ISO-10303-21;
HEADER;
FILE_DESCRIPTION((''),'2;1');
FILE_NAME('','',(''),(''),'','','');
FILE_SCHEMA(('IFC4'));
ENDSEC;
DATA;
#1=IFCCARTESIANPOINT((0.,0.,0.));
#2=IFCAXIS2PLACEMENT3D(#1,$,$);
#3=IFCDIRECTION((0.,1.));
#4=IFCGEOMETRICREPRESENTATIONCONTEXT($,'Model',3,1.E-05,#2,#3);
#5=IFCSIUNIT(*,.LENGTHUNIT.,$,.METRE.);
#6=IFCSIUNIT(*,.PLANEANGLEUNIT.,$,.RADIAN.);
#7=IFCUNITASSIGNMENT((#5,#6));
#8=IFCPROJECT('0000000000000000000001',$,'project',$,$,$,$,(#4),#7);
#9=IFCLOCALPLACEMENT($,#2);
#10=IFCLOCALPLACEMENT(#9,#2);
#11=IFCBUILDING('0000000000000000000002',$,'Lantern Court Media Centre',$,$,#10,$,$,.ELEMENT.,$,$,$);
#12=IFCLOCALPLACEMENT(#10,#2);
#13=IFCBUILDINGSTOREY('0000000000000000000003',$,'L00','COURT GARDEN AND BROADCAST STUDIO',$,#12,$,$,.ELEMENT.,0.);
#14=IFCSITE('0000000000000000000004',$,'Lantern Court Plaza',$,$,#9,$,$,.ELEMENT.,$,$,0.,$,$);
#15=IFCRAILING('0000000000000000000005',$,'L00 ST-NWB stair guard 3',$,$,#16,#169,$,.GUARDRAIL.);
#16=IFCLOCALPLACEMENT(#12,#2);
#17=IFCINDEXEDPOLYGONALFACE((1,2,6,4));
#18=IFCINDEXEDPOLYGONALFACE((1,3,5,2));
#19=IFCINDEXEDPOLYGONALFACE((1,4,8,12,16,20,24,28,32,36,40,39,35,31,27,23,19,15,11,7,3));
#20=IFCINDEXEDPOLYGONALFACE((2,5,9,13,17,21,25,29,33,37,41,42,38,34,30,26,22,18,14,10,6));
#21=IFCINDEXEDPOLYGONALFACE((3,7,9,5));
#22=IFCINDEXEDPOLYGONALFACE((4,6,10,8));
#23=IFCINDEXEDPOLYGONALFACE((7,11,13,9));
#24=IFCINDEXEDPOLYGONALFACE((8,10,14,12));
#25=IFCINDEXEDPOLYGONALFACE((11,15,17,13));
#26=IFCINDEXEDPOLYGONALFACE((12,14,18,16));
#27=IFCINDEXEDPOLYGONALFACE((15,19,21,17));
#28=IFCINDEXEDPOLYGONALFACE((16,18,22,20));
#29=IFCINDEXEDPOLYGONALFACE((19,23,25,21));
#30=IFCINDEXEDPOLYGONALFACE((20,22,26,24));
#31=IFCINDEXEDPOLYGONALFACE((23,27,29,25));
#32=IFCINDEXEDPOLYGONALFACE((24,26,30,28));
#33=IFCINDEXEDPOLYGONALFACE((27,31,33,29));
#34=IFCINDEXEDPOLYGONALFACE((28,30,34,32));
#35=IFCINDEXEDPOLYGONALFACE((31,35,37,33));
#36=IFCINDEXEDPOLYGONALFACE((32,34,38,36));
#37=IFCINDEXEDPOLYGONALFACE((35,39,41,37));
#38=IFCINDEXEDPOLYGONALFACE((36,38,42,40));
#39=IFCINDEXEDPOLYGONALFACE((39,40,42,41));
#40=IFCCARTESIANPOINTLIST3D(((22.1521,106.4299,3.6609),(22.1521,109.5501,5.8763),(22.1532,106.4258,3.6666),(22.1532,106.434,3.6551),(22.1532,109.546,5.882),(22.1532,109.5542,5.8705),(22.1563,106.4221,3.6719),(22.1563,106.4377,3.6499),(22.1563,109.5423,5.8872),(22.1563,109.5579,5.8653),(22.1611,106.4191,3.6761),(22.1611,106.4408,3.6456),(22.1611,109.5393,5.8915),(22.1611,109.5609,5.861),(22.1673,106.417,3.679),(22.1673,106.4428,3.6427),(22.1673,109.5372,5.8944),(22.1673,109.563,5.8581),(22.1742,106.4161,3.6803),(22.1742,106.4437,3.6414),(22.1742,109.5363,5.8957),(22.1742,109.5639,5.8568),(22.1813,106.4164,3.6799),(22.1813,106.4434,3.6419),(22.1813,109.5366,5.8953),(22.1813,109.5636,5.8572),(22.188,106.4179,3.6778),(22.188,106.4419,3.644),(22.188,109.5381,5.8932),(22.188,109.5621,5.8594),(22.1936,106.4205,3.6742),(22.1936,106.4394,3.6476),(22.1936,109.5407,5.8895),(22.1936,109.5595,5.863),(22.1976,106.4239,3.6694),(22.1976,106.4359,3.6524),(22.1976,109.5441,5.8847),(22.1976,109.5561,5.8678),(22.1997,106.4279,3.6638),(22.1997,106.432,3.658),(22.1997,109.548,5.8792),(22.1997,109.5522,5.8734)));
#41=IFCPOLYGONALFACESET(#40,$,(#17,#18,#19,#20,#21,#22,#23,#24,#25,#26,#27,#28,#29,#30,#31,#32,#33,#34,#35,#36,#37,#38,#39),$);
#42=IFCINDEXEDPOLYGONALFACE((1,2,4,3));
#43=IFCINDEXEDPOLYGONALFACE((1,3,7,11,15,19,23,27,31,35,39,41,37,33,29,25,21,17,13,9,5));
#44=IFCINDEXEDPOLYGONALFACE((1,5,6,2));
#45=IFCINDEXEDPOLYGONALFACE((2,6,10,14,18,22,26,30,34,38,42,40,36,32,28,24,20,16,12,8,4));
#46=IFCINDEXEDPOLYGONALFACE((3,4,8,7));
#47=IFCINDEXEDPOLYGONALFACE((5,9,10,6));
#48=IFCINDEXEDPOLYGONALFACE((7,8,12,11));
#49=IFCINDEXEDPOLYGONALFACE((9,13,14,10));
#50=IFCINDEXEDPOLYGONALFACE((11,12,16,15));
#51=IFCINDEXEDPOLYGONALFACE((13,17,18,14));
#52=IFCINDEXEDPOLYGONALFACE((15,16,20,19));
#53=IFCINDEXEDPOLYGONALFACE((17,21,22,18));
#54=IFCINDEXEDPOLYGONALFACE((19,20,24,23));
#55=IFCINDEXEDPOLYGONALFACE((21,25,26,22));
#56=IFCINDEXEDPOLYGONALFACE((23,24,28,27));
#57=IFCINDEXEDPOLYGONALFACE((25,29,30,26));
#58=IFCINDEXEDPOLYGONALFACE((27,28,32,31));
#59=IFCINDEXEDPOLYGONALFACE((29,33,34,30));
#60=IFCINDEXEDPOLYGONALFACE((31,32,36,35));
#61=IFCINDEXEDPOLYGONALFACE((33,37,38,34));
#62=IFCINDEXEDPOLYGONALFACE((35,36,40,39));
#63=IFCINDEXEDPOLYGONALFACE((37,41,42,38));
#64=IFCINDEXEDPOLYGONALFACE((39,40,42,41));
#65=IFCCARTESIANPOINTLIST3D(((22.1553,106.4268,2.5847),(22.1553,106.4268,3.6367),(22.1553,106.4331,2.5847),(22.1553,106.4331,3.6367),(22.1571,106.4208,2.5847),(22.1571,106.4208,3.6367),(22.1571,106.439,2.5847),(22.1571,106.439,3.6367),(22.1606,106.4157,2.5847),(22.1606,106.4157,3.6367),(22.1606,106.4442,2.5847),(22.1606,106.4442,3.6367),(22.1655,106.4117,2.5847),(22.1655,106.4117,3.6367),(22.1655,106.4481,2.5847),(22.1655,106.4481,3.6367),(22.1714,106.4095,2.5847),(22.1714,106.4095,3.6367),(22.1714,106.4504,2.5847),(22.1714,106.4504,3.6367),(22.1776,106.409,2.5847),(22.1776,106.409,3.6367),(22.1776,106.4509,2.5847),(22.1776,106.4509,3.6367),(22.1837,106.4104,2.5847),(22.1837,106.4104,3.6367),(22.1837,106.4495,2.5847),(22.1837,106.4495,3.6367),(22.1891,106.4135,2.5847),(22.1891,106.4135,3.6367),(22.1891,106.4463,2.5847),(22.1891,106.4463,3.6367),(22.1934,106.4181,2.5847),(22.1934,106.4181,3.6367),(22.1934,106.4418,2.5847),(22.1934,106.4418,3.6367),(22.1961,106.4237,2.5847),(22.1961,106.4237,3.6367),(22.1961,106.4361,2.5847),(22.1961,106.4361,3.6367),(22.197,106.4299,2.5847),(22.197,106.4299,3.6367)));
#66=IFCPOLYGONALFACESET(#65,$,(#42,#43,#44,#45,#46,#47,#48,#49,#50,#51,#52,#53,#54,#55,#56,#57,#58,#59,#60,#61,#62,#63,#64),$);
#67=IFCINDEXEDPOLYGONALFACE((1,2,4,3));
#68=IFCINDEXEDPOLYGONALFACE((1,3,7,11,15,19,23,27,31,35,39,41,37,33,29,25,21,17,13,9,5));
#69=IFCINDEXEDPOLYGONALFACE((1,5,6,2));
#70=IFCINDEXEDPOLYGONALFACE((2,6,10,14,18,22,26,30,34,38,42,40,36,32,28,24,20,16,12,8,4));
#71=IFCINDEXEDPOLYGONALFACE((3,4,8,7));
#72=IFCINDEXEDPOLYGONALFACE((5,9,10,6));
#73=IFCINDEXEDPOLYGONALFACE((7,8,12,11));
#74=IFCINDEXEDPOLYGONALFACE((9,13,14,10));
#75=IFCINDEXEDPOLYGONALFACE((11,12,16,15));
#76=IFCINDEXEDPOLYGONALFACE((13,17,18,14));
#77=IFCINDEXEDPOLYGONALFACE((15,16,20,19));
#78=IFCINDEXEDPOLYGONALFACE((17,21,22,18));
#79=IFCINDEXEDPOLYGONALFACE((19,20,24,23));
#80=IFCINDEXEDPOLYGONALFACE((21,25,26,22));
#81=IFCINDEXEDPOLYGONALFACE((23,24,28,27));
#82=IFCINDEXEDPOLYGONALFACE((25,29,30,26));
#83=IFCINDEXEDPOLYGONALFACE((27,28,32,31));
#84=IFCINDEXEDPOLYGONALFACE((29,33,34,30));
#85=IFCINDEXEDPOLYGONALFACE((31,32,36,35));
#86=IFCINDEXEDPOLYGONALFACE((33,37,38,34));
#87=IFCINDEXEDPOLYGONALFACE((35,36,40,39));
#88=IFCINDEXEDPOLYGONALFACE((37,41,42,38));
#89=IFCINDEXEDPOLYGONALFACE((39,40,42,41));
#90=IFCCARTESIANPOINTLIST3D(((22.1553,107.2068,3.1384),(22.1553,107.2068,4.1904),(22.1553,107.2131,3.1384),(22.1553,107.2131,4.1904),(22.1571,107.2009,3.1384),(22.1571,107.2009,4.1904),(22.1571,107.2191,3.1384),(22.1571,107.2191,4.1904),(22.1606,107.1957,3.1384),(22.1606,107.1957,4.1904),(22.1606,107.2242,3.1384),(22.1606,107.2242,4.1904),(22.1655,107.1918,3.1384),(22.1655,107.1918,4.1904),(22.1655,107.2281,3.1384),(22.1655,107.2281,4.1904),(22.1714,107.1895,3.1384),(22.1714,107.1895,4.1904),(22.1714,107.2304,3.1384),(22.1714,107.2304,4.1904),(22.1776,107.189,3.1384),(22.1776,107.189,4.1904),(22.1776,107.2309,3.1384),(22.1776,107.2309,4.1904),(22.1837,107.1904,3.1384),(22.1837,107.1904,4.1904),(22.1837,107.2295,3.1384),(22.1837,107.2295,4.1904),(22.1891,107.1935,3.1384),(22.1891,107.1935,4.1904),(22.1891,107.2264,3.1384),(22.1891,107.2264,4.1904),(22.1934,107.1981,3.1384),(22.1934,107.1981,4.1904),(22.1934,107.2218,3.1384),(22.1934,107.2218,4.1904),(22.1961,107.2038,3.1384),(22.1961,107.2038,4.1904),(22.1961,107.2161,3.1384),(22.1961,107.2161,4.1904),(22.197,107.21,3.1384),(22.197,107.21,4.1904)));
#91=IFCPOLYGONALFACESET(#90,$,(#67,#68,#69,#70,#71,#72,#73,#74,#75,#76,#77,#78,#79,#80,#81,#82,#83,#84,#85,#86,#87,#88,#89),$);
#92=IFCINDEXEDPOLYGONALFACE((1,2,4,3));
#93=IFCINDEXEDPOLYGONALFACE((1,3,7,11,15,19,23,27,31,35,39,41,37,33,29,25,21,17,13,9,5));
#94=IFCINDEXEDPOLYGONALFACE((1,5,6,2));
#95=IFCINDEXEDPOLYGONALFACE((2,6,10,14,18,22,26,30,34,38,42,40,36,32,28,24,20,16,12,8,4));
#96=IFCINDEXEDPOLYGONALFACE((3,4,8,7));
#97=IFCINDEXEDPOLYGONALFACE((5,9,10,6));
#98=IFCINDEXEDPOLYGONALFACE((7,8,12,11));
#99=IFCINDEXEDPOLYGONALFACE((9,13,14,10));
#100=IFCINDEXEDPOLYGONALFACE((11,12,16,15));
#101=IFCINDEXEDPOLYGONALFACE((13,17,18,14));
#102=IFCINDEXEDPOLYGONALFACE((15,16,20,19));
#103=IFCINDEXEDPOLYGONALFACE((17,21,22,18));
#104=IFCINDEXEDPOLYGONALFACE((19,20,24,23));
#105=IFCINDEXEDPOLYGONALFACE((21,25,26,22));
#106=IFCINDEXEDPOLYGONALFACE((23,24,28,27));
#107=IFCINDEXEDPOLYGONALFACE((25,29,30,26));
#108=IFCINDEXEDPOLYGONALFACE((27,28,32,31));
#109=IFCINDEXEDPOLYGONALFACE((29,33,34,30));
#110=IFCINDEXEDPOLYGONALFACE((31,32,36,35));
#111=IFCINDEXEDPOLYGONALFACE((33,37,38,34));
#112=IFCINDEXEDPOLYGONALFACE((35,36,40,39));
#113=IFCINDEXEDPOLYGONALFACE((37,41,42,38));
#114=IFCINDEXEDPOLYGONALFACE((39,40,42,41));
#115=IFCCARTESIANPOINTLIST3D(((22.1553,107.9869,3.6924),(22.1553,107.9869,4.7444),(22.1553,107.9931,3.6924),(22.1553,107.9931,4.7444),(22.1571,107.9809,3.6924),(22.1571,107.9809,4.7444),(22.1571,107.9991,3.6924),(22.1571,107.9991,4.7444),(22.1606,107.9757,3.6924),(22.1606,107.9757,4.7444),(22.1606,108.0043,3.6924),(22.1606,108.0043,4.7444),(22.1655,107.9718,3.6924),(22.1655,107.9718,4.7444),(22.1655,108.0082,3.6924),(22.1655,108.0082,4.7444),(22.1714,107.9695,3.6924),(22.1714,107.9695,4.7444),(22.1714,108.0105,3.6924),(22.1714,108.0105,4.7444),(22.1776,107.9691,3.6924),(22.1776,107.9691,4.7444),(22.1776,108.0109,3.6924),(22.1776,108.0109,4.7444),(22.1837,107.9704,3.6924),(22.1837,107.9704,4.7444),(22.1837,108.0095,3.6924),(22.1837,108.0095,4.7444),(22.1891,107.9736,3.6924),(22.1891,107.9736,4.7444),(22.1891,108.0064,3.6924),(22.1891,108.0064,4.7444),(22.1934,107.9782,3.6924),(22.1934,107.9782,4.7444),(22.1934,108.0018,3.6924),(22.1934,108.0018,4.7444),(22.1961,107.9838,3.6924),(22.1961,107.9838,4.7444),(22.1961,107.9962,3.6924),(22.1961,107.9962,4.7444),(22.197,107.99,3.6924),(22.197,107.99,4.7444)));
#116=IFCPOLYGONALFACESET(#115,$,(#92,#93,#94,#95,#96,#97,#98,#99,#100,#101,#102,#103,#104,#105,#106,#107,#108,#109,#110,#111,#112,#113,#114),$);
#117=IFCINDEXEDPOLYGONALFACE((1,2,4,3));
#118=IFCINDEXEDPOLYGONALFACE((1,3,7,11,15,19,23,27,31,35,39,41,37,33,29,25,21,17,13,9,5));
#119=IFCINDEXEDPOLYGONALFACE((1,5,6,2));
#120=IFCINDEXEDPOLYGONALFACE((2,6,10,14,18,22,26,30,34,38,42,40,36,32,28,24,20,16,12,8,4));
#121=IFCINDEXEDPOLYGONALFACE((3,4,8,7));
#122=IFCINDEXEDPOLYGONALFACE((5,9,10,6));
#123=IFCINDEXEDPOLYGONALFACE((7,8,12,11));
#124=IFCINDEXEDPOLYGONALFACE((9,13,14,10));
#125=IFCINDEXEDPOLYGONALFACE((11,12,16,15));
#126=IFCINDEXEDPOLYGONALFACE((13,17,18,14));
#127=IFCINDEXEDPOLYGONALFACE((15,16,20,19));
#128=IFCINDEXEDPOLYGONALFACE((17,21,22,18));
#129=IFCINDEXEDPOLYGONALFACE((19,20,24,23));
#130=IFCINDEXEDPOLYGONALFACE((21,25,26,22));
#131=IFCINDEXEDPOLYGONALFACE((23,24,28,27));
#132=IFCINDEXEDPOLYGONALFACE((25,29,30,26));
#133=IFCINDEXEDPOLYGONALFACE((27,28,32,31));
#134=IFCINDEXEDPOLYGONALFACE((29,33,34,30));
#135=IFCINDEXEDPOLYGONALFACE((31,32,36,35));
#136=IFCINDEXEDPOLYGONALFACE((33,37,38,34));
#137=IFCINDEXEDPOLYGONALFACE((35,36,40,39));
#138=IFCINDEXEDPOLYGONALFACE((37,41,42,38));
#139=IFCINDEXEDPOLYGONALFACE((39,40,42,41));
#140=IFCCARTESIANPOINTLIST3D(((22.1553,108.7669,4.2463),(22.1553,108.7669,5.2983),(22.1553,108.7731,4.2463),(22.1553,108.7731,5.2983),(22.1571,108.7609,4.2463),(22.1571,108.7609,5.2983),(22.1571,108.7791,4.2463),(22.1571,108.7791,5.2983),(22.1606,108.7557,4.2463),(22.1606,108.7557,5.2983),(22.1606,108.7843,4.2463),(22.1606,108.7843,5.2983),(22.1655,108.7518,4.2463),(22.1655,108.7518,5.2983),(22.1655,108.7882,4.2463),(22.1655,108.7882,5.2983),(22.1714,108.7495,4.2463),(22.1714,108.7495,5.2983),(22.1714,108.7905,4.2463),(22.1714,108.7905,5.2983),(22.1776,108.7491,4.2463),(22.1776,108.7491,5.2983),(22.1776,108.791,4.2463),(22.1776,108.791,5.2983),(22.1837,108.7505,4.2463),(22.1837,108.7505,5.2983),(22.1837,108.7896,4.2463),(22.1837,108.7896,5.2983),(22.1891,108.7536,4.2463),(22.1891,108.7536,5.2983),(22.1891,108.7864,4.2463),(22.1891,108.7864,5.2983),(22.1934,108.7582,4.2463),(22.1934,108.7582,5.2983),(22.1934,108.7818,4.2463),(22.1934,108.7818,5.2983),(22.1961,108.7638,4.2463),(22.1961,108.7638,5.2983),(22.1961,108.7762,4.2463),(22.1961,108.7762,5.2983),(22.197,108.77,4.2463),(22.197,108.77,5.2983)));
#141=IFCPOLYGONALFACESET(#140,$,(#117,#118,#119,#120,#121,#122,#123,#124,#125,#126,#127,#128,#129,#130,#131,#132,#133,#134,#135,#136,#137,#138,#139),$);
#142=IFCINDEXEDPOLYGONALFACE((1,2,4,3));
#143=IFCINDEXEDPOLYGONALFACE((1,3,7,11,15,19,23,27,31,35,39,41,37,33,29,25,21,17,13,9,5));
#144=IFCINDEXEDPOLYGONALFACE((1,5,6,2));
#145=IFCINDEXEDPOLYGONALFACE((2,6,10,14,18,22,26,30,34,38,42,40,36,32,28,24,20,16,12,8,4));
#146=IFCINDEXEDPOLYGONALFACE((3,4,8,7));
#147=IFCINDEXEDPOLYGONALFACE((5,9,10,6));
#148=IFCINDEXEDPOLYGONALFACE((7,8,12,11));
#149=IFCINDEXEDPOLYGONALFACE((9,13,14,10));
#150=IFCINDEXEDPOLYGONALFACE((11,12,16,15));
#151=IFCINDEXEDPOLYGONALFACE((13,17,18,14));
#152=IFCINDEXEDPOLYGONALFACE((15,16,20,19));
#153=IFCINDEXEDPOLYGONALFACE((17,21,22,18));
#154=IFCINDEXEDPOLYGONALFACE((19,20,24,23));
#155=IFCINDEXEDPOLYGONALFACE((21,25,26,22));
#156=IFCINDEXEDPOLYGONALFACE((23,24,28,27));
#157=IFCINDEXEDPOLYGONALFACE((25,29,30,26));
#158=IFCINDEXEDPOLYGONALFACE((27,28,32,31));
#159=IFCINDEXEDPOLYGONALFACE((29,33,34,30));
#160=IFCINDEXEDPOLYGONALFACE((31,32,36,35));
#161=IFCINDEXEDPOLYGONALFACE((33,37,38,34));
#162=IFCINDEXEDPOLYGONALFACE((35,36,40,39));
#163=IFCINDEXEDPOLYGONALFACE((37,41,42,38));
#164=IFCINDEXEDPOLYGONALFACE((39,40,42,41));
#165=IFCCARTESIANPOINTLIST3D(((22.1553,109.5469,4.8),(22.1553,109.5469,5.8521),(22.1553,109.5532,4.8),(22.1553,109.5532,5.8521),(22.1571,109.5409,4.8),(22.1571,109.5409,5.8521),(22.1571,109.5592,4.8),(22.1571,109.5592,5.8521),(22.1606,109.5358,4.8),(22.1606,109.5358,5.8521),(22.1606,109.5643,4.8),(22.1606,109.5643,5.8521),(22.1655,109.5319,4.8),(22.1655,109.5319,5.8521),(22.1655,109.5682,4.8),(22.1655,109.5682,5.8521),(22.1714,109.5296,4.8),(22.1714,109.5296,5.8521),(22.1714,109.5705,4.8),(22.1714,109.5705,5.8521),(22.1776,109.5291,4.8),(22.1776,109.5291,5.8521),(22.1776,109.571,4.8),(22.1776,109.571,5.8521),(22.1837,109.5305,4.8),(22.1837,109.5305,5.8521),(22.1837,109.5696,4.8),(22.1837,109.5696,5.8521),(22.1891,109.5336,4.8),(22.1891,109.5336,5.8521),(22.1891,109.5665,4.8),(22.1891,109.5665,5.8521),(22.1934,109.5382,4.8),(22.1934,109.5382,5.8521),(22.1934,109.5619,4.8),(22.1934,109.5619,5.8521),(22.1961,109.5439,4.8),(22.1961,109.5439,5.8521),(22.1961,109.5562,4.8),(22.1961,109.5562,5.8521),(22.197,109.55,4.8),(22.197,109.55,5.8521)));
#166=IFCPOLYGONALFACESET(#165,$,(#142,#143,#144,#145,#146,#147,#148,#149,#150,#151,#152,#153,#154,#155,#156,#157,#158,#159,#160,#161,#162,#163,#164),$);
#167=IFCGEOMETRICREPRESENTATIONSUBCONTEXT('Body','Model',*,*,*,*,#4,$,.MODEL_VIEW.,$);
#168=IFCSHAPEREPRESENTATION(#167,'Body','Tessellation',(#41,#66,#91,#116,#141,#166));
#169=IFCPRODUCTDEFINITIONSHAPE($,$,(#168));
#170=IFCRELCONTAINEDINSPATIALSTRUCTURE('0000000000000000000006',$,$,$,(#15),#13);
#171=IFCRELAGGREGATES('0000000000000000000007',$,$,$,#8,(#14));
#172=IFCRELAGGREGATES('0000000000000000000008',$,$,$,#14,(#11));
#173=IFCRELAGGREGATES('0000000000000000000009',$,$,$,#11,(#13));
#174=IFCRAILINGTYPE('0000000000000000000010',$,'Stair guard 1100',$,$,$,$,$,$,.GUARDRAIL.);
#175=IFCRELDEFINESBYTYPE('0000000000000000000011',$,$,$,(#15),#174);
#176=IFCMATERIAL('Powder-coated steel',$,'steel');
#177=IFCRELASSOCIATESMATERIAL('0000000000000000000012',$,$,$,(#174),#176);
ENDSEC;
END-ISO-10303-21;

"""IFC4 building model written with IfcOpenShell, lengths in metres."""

from ifc_helpers import new_model, si_unit, direction, frame, origin, origin_2d, place, context, subcontext, project, spatial, circle, extrude, material, type_object, element, save


model = new_model("IFC4")

# Units and contexts
model_context = context("Model", 3, precision=1e-05, world=origin(), true_north=direction((0.0, 1.0)))
body_context = subcontext(model_context, "Body", "Model", "MODEL_VIEW")
ifc_project = project(units=[si_unit("LENGTHUNIT", "METRE"), si_unit("PLANEANGLEUNIT", "RADIAN")], contexts=[model_context])

# Site, building, storey
site_placement = place(None, origin())
site = spatial("IfcSite", under=ifc_project, at=site_placement, Name="Lantern Court Plaza", CompositionType="ELEMENT", RefElevation=0.0)
building_placement = place(site_placement, origin())
building = spatial("IfcBuilding", under=site, at=building_placement, Name="Lantern Court Media Centre", CompositionType="ELEMENT")
storey_placement = place(building_placement, origin())
storey = spatial("IfcBuildingStorey", under=building, at=storey_placement, Name="L00", Description="COURT GARDEN AND BROADCAST STUDIO", CompositionType="ELEMENT", Elevation=0.0)

# Railing
ifc_material_1 = material(Name="Powder-coated steel", Category="steel")
railing_type_1 = type_object("IfcRailingType", Name="Stair guard 1100", PredefinedType="GUARDRAIL", material=ifc_material_1)
railing_1_placement = place(storey_placement, frame((22.176, 106.4299, 2.5847)))
element("IfcRailing", 1, at=railing_1_placement, inside=storey, type_object=railing_type_1, Name="L00 ST-NWB stair guard 3", PredefinedType="GUARDRAIL", context=body_context, shape_type="SweptSolid", body=[
    extrude(circle(Radius=0.0239, at=origin_2d()), frame((0.0, 0.0, 1.0762), z_axis=(0.0, 0.815377, 0.57893), x_axis=(-1.0, 0.0, 0.0)), (0.0, 0.0, 1.0), 3.8267),
    extrude(circle(Radius=0.021, at=origin_2d()), origin(), (0.0, 0.0, 1.0), 1.052),
    extrude(circle(Radius=0.021, at=origin_2d()), frame((0.0, 0.78, 0.5537)), (0.0, 0.0, 1.0), 1.052),
    extrude(circle(Radius=0.021, at=origin_2d()), frame((0.0, 1.5601, 1.1077)), (0.0, 0.0, 1.0), 1.052),
    extrude(circle(Radius=0.021, at=origin_2d()), frame((0.0, 2.3401, 1.6616)), (0.0, 0.0, 1.0), 1.052),
    extrude(circle(Radius=0.021, at=origin_2d()), frame((0.0, 3.1201, 2.2153)), (0.0, 0.0, 1.0), 1.052),
])

save(model, "model.ifc")
